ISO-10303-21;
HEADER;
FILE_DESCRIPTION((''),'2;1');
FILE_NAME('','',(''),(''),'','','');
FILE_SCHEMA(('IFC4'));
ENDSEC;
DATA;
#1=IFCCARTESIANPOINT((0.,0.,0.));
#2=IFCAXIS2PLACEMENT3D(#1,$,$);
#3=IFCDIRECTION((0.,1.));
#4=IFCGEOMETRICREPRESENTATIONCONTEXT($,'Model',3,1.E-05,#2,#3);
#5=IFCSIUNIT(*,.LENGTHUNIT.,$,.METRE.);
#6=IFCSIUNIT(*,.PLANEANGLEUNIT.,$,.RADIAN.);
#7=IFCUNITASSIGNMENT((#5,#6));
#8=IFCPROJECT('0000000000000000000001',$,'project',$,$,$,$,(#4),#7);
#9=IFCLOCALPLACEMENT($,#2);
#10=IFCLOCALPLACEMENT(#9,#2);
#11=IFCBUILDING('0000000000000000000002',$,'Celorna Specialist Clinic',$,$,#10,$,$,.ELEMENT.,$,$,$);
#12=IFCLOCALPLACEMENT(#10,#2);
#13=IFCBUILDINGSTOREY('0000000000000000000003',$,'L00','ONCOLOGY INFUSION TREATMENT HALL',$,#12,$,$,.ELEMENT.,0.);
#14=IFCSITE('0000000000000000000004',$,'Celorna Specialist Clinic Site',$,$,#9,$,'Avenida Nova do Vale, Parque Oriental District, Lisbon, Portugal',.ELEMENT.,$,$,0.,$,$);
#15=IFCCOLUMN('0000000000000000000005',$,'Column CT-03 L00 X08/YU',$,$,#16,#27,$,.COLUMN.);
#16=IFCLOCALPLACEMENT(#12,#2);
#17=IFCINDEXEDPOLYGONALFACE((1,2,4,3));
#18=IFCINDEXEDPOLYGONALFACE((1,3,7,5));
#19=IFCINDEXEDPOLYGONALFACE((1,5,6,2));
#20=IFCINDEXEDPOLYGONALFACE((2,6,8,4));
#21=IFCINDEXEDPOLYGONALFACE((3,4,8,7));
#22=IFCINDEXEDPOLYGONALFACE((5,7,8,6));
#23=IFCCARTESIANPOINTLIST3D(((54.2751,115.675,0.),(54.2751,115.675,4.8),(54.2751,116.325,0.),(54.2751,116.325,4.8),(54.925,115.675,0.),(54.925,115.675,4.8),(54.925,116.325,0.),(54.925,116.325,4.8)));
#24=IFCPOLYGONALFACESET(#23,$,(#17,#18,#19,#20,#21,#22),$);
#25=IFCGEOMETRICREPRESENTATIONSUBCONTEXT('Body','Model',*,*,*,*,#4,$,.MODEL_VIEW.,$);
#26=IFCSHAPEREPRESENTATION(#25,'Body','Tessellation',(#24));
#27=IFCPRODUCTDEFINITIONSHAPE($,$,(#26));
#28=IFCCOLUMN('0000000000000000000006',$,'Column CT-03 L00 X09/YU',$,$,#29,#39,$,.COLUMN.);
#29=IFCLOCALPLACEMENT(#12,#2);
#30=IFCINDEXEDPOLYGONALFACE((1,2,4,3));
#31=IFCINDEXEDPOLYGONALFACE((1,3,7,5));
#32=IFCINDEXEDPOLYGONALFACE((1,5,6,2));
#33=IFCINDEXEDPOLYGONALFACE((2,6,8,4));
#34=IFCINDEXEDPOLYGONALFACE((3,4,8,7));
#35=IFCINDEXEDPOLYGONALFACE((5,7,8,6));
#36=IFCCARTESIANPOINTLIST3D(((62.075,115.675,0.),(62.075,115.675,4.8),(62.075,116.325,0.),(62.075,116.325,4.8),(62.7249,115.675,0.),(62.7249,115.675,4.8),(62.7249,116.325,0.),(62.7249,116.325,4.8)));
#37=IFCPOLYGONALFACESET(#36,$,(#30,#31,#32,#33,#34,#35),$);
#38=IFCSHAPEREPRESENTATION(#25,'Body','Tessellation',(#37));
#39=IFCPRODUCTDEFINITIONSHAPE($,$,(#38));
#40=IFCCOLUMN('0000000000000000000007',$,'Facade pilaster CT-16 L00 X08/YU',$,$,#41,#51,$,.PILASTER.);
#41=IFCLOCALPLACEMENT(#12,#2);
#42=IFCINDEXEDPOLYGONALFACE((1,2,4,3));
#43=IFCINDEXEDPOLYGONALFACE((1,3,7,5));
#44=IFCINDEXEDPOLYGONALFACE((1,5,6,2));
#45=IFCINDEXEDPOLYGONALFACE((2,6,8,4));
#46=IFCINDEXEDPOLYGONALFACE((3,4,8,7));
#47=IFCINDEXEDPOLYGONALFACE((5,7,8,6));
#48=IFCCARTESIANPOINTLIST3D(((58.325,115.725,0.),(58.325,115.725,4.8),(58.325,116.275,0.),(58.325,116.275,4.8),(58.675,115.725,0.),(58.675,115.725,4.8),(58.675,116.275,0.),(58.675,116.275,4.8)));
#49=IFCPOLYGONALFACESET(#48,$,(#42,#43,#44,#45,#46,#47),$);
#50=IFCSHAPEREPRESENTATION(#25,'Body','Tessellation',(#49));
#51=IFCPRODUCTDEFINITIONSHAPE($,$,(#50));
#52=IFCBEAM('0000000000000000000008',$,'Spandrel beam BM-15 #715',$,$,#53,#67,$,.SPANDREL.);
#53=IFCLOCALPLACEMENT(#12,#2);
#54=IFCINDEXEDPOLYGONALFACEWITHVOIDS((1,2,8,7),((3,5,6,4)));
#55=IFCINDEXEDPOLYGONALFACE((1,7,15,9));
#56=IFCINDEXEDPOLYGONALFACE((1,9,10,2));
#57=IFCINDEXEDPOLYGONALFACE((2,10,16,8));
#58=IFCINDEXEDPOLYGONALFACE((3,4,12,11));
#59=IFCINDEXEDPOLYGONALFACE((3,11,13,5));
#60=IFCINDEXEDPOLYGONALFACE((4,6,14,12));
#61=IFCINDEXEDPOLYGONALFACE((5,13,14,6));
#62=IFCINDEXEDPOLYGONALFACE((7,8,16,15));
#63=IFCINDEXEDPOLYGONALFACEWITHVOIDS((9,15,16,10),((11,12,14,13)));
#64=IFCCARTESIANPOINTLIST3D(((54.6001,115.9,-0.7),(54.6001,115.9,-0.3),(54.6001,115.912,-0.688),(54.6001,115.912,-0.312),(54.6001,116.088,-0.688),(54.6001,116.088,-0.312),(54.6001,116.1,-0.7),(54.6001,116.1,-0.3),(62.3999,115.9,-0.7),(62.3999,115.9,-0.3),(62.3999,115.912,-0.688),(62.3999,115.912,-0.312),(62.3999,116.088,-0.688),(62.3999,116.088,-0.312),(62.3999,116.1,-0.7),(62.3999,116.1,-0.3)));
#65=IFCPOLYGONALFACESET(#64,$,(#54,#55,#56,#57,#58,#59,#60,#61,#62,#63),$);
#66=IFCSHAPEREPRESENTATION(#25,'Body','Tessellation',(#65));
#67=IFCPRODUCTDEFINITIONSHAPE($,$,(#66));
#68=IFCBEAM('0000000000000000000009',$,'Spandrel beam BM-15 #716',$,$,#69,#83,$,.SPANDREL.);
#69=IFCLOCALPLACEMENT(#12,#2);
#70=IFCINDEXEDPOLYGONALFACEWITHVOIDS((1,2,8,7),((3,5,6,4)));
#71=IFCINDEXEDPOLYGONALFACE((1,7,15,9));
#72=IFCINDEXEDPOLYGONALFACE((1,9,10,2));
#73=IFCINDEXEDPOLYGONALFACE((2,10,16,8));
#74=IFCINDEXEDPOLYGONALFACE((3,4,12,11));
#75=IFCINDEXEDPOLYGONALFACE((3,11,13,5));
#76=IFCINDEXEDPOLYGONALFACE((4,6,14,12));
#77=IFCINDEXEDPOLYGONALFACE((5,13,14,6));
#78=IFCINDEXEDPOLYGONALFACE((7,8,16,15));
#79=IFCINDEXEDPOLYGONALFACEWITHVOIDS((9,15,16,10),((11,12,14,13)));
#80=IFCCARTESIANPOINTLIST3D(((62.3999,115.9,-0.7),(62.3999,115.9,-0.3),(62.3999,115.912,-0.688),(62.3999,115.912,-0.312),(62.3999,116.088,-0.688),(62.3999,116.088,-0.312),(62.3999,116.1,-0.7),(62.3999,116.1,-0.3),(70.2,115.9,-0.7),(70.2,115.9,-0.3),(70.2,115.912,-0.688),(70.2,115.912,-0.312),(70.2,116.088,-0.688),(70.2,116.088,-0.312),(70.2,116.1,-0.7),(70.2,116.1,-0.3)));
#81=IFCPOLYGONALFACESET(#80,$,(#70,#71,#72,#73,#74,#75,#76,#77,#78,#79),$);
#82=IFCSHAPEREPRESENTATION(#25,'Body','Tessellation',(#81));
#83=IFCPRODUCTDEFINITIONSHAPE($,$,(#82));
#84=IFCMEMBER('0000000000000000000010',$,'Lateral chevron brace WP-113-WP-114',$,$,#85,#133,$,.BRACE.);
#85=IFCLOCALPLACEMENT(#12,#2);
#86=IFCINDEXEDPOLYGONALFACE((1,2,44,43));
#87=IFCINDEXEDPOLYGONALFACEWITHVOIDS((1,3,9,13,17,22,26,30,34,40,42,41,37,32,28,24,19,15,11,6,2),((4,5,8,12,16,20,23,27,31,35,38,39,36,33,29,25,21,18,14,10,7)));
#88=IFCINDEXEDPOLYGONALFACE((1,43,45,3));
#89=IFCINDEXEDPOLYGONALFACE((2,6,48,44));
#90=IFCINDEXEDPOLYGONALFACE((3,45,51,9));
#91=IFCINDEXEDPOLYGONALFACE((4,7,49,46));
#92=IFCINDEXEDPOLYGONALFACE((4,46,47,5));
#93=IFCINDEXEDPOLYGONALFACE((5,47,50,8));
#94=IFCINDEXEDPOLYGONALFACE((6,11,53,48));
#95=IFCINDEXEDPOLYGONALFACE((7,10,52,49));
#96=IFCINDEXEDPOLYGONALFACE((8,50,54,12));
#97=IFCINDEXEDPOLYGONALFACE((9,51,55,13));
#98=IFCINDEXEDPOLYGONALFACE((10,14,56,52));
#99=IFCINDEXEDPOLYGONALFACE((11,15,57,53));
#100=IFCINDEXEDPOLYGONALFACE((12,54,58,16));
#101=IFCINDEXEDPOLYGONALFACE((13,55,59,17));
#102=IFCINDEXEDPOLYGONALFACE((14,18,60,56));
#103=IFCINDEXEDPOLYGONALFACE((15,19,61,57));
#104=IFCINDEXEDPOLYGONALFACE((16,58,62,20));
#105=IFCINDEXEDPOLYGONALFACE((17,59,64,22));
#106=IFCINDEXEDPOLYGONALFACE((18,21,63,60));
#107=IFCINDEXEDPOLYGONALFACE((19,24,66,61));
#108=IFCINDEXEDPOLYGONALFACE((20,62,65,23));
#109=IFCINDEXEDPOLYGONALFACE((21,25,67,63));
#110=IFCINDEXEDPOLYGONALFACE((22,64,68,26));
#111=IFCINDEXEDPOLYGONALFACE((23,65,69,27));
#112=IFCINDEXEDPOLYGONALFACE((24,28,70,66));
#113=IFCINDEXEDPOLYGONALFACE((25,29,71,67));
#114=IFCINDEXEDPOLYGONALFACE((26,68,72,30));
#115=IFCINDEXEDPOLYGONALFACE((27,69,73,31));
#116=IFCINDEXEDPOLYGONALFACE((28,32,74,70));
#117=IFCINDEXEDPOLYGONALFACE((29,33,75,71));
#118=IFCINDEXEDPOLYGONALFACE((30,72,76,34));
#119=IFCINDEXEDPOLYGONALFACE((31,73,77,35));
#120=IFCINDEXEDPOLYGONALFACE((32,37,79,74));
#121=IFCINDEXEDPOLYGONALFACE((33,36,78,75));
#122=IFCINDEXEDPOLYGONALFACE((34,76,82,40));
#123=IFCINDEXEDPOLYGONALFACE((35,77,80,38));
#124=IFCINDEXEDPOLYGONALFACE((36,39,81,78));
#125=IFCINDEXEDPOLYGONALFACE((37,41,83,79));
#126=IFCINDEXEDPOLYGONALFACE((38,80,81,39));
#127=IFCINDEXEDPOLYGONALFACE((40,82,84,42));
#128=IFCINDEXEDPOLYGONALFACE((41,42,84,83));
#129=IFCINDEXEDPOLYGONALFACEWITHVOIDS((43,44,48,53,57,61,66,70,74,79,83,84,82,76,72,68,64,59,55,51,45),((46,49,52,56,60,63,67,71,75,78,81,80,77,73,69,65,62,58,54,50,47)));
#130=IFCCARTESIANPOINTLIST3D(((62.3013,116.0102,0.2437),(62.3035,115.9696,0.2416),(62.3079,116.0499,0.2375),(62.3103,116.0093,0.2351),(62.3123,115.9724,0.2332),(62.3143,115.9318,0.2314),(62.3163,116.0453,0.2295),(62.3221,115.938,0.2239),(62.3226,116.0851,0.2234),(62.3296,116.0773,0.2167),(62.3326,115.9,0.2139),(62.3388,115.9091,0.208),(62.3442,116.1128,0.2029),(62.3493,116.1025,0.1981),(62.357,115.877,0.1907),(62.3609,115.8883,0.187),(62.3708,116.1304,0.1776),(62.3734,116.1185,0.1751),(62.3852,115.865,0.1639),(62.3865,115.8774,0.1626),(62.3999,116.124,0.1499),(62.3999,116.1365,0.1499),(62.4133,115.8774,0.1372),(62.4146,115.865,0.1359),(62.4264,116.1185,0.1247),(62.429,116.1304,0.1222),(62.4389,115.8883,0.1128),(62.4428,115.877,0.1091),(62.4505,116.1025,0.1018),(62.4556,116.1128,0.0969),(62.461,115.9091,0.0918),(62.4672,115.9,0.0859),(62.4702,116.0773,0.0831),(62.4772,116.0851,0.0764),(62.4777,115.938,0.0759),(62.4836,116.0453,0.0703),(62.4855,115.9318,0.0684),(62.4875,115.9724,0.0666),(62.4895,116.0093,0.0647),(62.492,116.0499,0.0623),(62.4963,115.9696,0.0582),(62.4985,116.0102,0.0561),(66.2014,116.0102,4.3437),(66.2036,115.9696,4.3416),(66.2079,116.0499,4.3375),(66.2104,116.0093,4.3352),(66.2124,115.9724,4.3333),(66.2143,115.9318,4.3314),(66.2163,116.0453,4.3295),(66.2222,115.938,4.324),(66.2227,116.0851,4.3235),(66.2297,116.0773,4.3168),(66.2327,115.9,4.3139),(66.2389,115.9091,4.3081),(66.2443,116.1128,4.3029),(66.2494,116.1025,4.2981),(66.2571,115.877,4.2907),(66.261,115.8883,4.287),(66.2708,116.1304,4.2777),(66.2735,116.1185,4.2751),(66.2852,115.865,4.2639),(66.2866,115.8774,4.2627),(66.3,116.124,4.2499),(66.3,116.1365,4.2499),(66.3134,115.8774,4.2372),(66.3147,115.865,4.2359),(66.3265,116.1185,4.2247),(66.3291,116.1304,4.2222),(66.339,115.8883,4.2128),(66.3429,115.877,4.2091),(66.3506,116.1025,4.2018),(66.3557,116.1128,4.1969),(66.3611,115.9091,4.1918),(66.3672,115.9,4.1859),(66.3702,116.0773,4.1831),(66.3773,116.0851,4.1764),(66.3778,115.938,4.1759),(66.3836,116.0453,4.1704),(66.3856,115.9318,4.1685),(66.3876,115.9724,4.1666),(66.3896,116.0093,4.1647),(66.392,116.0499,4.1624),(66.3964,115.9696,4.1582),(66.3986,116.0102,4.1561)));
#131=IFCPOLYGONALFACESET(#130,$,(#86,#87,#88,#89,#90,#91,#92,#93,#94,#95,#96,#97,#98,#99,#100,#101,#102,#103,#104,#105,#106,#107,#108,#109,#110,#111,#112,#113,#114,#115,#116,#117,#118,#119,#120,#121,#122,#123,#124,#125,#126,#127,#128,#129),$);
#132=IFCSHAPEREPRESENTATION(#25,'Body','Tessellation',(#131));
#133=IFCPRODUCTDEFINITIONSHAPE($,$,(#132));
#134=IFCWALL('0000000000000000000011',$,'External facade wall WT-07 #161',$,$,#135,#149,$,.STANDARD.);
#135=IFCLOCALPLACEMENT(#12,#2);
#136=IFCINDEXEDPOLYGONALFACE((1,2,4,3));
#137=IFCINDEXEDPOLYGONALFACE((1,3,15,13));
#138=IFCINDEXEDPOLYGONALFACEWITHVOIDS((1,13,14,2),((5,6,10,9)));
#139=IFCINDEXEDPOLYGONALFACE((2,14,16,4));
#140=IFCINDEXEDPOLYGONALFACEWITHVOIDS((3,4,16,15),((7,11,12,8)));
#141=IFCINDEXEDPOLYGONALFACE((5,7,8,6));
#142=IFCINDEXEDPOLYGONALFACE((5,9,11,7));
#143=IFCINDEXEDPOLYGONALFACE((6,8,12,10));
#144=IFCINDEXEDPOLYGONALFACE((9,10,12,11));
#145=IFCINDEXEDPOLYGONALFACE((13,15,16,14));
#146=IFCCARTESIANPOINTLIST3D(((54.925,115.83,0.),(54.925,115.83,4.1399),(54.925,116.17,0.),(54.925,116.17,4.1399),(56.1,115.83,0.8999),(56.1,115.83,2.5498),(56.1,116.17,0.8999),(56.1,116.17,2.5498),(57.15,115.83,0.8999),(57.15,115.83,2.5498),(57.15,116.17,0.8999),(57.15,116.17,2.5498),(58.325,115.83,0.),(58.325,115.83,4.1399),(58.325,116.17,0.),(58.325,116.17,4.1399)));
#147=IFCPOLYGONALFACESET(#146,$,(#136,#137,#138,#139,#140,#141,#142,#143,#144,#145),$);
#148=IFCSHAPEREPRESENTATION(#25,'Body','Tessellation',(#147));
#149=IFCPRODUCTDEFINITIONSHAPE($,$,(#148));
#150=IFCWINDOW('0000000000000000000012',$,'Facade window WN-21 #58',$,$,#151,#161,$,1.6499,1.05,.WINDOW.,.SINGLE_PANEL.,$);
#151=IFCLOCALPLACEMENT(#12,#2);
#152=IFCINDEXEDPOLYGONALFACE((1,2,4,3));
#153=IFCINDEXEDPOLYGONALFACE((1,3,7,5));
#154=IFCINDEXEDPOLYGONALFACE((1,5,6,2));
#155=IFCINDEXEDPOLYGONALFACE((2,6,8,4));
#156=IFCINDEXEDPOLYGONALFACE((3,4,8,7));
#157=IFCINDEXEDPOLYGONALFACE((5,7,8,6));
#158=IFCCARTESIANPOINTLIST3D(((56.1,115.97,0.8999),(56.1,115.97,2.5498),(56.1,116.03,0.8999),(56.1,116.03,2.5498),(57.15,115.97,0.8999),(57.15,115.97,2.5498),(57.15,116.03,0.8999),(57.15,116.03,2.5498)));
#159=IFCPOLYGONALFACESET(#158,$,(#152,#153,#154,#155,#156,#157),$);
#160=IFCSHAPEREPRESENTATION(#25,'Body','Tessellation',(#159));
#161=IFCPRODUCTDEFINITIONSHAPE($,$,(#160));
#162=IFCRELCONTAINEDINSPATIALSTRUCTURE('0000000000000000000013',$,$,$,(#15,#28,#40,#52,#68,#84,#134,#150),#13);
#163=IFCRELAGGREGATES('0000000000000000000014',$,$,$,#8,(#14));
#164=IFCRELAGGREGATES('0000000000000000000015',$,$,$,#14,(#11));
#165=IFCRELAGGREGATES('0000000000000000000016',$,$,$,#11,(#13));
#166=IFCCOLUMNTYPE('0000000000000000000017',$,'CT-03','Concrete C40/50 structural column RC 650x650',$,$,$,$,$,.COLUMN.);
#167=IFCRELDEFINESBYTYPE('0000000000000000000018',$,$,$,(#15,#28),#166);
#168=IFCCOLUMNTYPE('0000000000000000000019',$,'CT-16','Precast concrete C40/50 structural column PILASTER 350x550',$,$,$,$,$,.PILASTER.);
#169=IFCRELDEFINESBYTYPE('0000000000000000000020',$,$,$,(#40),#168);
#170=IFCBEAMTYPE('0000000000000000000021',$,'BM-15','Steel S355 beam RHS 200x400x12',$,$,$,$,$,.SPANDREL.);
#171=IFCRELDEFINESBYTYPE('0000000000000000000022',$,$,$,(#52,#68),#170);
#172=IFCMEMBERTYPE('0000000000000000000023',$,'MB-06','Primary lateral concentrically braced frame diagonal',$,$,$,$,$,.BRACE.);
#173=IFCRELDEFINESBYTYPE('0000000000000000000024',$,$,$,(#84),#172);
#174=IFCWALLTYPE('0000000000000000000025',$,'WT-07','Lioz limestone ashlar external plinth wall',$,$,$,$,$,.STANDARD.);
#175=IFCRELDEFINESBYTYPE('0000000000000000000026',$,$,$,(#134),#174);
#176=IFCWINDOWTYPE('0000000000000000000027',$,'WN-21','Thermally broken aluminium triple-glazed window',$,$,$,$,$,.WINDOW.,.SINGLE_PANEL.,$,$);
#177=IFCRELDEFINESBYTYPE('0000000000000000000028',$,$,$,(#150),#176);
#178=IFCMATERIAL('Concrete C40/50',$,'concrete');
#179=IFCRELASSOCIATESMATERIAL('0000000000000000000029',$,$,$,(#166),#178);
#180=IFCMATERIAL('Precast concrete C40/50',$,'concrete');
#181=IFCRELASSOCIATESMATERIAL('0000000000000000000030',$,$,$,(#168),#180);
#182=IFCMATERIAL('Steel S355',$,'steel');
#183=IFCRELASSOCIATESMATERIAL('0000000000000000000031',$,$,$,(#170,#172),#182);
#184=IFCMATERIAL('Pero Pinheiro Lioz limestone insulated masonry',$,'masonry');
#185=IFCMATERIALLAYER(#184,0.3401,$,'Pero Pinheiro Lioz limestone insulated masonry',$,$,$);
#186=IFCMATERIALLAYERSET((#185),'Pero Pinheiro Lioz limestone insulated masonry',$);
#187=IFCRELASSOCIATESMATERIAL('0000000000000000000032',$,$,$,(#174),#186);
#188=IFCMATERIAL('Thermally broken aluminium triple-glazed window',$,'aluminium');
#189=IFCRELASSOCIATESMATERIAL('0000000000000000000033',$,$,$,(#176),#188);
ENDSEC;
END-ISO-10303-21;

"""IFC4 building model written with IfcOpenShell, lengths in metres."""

from ifc_helpers import new_model, si_unit, direction, frame, frame_2d, origin, origin_2d, place, context, subcontext, project, spatial, rectangle, hollow_rectangle, hollow_circle, extrude, material, layer, layer_set, material_profile, profile_set, type_object, element, fill, save


model = new_model("IFC4")

# Units and contexts
model_context = context("Model", 3, precision=1e-05, world=origin(), true_north=direction((0.0, 1.0)))
body_context = subcontext(model_context, "Body", "Model", "MODEL_VIEW")
ifc_project = project(units=[si_unit("LENGTHUNIT", "METRE"), si_unit("PLANEANGLEUNIT", "RADIAN")], contexts=[model_context])

# Site, building, storey
site_placement = place(None, origin())
site = spatial("IfcSite", under=ifc_project, at=site_placement, Name="Celorna Specialist Clinic Site", LongName="Avenida Nova do Vale, Parque Oriental District, Lisbon, Portugal", CompositionType="ELEMENT", RefElevation=0.0)
building_placement = place(site_placement, origin())
building = spatial("IfcBuilding", under=site, at=building_placement, Name="Celorna Specialist Clinic", CompositionType="ELEMENT")
storey_placement = place(building_placement, origin())
storey = spatial("IfcBuildingStorey", under=building, at=storey_placement, Name="L00", Description="ONCOLOGY INFUSION TREATMENT HALL", CompositionType="ELEMENT", Elevation=0.0)

# Columns
ifc_material_1 = material(Name="Concrete C40/50", Category="concrete")
ifc_material_profile_1 = material_profile(ifc_material_1, rectangle(XDim=0.6499, YDim=0.6499, at=origin_2d()), Name="RC 650x650")
ifc_profile_set_1 = profile_set([ifc_material_profile_1], Name="Concrete C40/50")
column_type_1 = type_object("IfcColumnType", Name="CT-03", Description="Concrete C40/50 structural column RC 650x650", PredefinedType="COLUMN", material=ifc_profile_set_1)
for number, where, z_axis, x_axis, name in (
    (1, (54.6001, 116.0, 0.0), (0.0, 0.0, 1.0), (1.0, 0.0, 0.0), "Column CT-03 L00 X08/YU"),
    (2, (62.3999, 116.0, 0.0), (0.0, 0.0, 1.0), (1.0, 0.0, 0.0), "Column CT-03 L00 X09/YU"),
):
    element("IfcColumn", number, at=place(storey_placement, frame(where, z_axis=z_axis, x_axis=x_axis)), inside=storey, type_object=column_type_1, Name=name, PredefinedType="COLUMN", context=body_context, shape_type="SweptSolid", body=[
        extrude(rectangle(XDim=0.6499, YDim=0.6499, at=origin_2d()), origin(), (0.0, 0.0, 1.0), 4.8),
    ])
ifc_material_2 = material(Name="Precast concrete C40/50", Category="concrete")
ifc_material_profile_2 = material_profile(ifc_material_2, rectangle(XDim=0.3501, YDim=0.55, at=origin_2d()), Name="PILASTER 350x550")
ifc_profile_set_2 = profile_set([ifc_material_profile_2], Name="Precast concrete C40/50")
column_type_2 = type_object("IfcColumnType", Name="CT-16", Description="Precast concrete C40/50 structural column PILASTER 350x550", PredefinedType="PILASTER", material=ifc_profile_set_2)
column_placement = place(storey_placement, frame((58.5, 116.0, 0.0), z_axis=(0.0, 0.0, 1.0), x_axis=(1.0, 0.0, 0.0)))
element("IfcColumn", 3, at=column_placement, inside=storey, type_object=column_type_2, Name="Facade pilaster CT-16 L00 X08/YU", PredefinedType="PILASTER", context=body_context, shape_type="SweptSolid", body=[
    extrude(rectangle(XDim=0.3501, YDim=0.55, at=origin_2d()), origin(), (0.0, 0.0, 1.0), 4.8),
])

# Beams
ifc_material_3 = material(Name="Steel S355", Category="steel")
ifc_material_profile_3 = material_profile(ifc_material_3, hollow_rectangle(XDim=0.2, YDim=0.3999, WallThickness=0.012, at=origin_2d()), Name="RHS 200x400x12")
ifc_profile_set_3 = profile_set([ifc_material_profile_3], Name="Steel S355")
beam_type = type_object("IfcBeamType", Name="BM-15", Description="Steel S355 beam RHS 200x400x12", PredefinedType="SPANDREL", material=ifc_profile_set_3)
beam_1_placement = place(storey_placement, frame((54.6001, 116.0, -0.5), z_axis=(1.0, 0.0, 0.0), x_axis=(0.0, 1.0, 0.0)))
element("IfcBeam", 4, at=beam_1_placement, inside=storey, type_object=beam_type, Name="Spandrel beam BM-15 #715", PredefinedType="SPANDREL", context=body_context, shape_type="SweptSolid", body=[
    extrude(hollow_rectangle(XDim=0.2, YDim=0.3999, WallThickness=0.012, at=origin_2d()), origin(), (0.0, 0.0, 1.0), 7.7998),
])
beam_2_placement = place(storey_placement, frame((62.3999, 116.0, -0.5), z_axis=(1.0, 0.0, 0.0), x_axis=(0.0, 1.0, 0.0)))
element("IfcBeam", 5, at=beam_2_placement, inside=storey, type_object=beam_type, Name="Spandrel beam BM-15 #716", PredefinedType="SPANDREL", context=body_context, shape_type="SweptSolid", body=[
    extrude(hollow_rectangle(XDim=0.2, YDim=0.3999, WallThickness=0.012, at=origin_2d()), origin(), (0.0, 0.0, 1.0), 7.8),
])

# Member
ifc_material_profile_4 = material_profile(ifc_material_3, hollow_circle(Radius=0.1365, WallThickness=0.0125, at=origin_2d()), Name="CHS 273x12.5")
ifc_profile_set_4 = profile_set([ifc_material_profile_4], Name="Steel S355")
member_type = type_object("IfcMemberType", Name="MB-06", Description="Primary lateral concentrically braced frame diagonal", PredefinedType="BRACE", material=ifc_profile_set_4)
member_placement = place(storey_placement, frame((62.3999, 116.0, 0.1499), z_axis=(0.689219, 0.0, 0.724553), x_axis=(0.0, 1.0, 0.0)))
element("IfcMember", 6, at=member_placement, inside=storey, type_object=member_type, Name="Lateral chevron brace WP-113-WP-114", PredefinedType="BRACE", context=body_context, shape_type="SweptSolid", body=[
    extrude(hollow_circle(Radius=0.1365, WallThickness=0.0125, at=origin_2d()), origin(), (0.0, 0.0, 1.0), 5.6587),
])

# Wall, opening, window
ifc_material_4 = material(Name="Pero Pinheiro Lioz limestone insulated masonry", Category="masonry")
ifc_layer_1 = layer(ifc_material_4, 0.3401, Name="Pero Pinheiro Lioz limestone insulated masonry")
ifc_layer_set_1 = layer_set([ifc_layer_1], Name="Pero Pinheiro Lioz limestone insulated masonry")
wall_type_1 = type_object("IfcWallType", Name="WT-07", Description="Lioz limestone ashlar external plinth wall", PredefinedType="STANDARD", material=ifc_layer_set_1)
wall_1_placement = place(storey_placement, frame((54.925, 116.0, 0.0), z_axis=(0.0, 0.0, 1.0), x_axis=(1.0, 0.0, 0.0)))
wall_1 = element("IfcWall", 7, at=wall_1_placement, inside=storey, type_object=wall_type_1, Name="External facade wall WT-07 #161", PredefinedType="STANDARD", context=body_context, shape_type="SweptSolid", body=[
    extrude(rectangle(XDim=3.3999, YDim=0.3401, at=frame_2d((1.7, 0.0))), origin(), (0.0, 0.0, 1.0), 4.1399),
])
opening_1_placement = place(wall_1_placement, frame((1.175, 0.0, 0.8999)))
opening_1 = element("IfcOpeningElement", 8, at=opening_1_placement, cuts=wall_1, PredefinedType="OPENING", context=body_context, shape_type="SweptSolid", body=[
    extrude(rectangle(XDim=1.05, YDim=1.6499, at=frame_2d((0.5249, 0.825))), frame((0.0, 0.1799, 0.0), z_axis=(0.0, -1.0, 0.0), x_axis=(1.0, 0.0, 0.0)), (0.0, 0.0, 1.0), 0.3601),
])
ifc_material_5 = material(Name="Thermally broken aluminium triple-glazed window", Category="aluminium")
window_type_1 = type_object("IfcWindowType", Name="WN-21", Description="Thermally broken aluminium triple-glazed window", PartitioningType="SINGLE_PANEL", PredefinedType="WINDOW", material=ifc_material_5)
window_1_placement = place(opening_1_placement, origin())
window_1 = element("IfcWindow", 9, at=window_1_placement, inside=storey, type_object=window_type_1, Name="Facade window WN-21 #58", OverallHeight=1.6499, OverallWidth=1.05, PartitioningType="SINGLE_PANEL", PredefinedType="WINDOW", context=body_context, shape_type="SweptSolid", body=[
    extrude(rectangle(XDim=1.05, YDim=1.6499, at=frame_2d((0.5249, 0.825))), frame((0.0, 0.03, 0.0), z_axis=(0.0, -1.0, 0.0), x_axis=(1.0, 0.0, 0.0)), (0.0, 0.0, 1.0), 0.0601),
])
fill(opening_1, window_1)

save(model, "model.ifc")
